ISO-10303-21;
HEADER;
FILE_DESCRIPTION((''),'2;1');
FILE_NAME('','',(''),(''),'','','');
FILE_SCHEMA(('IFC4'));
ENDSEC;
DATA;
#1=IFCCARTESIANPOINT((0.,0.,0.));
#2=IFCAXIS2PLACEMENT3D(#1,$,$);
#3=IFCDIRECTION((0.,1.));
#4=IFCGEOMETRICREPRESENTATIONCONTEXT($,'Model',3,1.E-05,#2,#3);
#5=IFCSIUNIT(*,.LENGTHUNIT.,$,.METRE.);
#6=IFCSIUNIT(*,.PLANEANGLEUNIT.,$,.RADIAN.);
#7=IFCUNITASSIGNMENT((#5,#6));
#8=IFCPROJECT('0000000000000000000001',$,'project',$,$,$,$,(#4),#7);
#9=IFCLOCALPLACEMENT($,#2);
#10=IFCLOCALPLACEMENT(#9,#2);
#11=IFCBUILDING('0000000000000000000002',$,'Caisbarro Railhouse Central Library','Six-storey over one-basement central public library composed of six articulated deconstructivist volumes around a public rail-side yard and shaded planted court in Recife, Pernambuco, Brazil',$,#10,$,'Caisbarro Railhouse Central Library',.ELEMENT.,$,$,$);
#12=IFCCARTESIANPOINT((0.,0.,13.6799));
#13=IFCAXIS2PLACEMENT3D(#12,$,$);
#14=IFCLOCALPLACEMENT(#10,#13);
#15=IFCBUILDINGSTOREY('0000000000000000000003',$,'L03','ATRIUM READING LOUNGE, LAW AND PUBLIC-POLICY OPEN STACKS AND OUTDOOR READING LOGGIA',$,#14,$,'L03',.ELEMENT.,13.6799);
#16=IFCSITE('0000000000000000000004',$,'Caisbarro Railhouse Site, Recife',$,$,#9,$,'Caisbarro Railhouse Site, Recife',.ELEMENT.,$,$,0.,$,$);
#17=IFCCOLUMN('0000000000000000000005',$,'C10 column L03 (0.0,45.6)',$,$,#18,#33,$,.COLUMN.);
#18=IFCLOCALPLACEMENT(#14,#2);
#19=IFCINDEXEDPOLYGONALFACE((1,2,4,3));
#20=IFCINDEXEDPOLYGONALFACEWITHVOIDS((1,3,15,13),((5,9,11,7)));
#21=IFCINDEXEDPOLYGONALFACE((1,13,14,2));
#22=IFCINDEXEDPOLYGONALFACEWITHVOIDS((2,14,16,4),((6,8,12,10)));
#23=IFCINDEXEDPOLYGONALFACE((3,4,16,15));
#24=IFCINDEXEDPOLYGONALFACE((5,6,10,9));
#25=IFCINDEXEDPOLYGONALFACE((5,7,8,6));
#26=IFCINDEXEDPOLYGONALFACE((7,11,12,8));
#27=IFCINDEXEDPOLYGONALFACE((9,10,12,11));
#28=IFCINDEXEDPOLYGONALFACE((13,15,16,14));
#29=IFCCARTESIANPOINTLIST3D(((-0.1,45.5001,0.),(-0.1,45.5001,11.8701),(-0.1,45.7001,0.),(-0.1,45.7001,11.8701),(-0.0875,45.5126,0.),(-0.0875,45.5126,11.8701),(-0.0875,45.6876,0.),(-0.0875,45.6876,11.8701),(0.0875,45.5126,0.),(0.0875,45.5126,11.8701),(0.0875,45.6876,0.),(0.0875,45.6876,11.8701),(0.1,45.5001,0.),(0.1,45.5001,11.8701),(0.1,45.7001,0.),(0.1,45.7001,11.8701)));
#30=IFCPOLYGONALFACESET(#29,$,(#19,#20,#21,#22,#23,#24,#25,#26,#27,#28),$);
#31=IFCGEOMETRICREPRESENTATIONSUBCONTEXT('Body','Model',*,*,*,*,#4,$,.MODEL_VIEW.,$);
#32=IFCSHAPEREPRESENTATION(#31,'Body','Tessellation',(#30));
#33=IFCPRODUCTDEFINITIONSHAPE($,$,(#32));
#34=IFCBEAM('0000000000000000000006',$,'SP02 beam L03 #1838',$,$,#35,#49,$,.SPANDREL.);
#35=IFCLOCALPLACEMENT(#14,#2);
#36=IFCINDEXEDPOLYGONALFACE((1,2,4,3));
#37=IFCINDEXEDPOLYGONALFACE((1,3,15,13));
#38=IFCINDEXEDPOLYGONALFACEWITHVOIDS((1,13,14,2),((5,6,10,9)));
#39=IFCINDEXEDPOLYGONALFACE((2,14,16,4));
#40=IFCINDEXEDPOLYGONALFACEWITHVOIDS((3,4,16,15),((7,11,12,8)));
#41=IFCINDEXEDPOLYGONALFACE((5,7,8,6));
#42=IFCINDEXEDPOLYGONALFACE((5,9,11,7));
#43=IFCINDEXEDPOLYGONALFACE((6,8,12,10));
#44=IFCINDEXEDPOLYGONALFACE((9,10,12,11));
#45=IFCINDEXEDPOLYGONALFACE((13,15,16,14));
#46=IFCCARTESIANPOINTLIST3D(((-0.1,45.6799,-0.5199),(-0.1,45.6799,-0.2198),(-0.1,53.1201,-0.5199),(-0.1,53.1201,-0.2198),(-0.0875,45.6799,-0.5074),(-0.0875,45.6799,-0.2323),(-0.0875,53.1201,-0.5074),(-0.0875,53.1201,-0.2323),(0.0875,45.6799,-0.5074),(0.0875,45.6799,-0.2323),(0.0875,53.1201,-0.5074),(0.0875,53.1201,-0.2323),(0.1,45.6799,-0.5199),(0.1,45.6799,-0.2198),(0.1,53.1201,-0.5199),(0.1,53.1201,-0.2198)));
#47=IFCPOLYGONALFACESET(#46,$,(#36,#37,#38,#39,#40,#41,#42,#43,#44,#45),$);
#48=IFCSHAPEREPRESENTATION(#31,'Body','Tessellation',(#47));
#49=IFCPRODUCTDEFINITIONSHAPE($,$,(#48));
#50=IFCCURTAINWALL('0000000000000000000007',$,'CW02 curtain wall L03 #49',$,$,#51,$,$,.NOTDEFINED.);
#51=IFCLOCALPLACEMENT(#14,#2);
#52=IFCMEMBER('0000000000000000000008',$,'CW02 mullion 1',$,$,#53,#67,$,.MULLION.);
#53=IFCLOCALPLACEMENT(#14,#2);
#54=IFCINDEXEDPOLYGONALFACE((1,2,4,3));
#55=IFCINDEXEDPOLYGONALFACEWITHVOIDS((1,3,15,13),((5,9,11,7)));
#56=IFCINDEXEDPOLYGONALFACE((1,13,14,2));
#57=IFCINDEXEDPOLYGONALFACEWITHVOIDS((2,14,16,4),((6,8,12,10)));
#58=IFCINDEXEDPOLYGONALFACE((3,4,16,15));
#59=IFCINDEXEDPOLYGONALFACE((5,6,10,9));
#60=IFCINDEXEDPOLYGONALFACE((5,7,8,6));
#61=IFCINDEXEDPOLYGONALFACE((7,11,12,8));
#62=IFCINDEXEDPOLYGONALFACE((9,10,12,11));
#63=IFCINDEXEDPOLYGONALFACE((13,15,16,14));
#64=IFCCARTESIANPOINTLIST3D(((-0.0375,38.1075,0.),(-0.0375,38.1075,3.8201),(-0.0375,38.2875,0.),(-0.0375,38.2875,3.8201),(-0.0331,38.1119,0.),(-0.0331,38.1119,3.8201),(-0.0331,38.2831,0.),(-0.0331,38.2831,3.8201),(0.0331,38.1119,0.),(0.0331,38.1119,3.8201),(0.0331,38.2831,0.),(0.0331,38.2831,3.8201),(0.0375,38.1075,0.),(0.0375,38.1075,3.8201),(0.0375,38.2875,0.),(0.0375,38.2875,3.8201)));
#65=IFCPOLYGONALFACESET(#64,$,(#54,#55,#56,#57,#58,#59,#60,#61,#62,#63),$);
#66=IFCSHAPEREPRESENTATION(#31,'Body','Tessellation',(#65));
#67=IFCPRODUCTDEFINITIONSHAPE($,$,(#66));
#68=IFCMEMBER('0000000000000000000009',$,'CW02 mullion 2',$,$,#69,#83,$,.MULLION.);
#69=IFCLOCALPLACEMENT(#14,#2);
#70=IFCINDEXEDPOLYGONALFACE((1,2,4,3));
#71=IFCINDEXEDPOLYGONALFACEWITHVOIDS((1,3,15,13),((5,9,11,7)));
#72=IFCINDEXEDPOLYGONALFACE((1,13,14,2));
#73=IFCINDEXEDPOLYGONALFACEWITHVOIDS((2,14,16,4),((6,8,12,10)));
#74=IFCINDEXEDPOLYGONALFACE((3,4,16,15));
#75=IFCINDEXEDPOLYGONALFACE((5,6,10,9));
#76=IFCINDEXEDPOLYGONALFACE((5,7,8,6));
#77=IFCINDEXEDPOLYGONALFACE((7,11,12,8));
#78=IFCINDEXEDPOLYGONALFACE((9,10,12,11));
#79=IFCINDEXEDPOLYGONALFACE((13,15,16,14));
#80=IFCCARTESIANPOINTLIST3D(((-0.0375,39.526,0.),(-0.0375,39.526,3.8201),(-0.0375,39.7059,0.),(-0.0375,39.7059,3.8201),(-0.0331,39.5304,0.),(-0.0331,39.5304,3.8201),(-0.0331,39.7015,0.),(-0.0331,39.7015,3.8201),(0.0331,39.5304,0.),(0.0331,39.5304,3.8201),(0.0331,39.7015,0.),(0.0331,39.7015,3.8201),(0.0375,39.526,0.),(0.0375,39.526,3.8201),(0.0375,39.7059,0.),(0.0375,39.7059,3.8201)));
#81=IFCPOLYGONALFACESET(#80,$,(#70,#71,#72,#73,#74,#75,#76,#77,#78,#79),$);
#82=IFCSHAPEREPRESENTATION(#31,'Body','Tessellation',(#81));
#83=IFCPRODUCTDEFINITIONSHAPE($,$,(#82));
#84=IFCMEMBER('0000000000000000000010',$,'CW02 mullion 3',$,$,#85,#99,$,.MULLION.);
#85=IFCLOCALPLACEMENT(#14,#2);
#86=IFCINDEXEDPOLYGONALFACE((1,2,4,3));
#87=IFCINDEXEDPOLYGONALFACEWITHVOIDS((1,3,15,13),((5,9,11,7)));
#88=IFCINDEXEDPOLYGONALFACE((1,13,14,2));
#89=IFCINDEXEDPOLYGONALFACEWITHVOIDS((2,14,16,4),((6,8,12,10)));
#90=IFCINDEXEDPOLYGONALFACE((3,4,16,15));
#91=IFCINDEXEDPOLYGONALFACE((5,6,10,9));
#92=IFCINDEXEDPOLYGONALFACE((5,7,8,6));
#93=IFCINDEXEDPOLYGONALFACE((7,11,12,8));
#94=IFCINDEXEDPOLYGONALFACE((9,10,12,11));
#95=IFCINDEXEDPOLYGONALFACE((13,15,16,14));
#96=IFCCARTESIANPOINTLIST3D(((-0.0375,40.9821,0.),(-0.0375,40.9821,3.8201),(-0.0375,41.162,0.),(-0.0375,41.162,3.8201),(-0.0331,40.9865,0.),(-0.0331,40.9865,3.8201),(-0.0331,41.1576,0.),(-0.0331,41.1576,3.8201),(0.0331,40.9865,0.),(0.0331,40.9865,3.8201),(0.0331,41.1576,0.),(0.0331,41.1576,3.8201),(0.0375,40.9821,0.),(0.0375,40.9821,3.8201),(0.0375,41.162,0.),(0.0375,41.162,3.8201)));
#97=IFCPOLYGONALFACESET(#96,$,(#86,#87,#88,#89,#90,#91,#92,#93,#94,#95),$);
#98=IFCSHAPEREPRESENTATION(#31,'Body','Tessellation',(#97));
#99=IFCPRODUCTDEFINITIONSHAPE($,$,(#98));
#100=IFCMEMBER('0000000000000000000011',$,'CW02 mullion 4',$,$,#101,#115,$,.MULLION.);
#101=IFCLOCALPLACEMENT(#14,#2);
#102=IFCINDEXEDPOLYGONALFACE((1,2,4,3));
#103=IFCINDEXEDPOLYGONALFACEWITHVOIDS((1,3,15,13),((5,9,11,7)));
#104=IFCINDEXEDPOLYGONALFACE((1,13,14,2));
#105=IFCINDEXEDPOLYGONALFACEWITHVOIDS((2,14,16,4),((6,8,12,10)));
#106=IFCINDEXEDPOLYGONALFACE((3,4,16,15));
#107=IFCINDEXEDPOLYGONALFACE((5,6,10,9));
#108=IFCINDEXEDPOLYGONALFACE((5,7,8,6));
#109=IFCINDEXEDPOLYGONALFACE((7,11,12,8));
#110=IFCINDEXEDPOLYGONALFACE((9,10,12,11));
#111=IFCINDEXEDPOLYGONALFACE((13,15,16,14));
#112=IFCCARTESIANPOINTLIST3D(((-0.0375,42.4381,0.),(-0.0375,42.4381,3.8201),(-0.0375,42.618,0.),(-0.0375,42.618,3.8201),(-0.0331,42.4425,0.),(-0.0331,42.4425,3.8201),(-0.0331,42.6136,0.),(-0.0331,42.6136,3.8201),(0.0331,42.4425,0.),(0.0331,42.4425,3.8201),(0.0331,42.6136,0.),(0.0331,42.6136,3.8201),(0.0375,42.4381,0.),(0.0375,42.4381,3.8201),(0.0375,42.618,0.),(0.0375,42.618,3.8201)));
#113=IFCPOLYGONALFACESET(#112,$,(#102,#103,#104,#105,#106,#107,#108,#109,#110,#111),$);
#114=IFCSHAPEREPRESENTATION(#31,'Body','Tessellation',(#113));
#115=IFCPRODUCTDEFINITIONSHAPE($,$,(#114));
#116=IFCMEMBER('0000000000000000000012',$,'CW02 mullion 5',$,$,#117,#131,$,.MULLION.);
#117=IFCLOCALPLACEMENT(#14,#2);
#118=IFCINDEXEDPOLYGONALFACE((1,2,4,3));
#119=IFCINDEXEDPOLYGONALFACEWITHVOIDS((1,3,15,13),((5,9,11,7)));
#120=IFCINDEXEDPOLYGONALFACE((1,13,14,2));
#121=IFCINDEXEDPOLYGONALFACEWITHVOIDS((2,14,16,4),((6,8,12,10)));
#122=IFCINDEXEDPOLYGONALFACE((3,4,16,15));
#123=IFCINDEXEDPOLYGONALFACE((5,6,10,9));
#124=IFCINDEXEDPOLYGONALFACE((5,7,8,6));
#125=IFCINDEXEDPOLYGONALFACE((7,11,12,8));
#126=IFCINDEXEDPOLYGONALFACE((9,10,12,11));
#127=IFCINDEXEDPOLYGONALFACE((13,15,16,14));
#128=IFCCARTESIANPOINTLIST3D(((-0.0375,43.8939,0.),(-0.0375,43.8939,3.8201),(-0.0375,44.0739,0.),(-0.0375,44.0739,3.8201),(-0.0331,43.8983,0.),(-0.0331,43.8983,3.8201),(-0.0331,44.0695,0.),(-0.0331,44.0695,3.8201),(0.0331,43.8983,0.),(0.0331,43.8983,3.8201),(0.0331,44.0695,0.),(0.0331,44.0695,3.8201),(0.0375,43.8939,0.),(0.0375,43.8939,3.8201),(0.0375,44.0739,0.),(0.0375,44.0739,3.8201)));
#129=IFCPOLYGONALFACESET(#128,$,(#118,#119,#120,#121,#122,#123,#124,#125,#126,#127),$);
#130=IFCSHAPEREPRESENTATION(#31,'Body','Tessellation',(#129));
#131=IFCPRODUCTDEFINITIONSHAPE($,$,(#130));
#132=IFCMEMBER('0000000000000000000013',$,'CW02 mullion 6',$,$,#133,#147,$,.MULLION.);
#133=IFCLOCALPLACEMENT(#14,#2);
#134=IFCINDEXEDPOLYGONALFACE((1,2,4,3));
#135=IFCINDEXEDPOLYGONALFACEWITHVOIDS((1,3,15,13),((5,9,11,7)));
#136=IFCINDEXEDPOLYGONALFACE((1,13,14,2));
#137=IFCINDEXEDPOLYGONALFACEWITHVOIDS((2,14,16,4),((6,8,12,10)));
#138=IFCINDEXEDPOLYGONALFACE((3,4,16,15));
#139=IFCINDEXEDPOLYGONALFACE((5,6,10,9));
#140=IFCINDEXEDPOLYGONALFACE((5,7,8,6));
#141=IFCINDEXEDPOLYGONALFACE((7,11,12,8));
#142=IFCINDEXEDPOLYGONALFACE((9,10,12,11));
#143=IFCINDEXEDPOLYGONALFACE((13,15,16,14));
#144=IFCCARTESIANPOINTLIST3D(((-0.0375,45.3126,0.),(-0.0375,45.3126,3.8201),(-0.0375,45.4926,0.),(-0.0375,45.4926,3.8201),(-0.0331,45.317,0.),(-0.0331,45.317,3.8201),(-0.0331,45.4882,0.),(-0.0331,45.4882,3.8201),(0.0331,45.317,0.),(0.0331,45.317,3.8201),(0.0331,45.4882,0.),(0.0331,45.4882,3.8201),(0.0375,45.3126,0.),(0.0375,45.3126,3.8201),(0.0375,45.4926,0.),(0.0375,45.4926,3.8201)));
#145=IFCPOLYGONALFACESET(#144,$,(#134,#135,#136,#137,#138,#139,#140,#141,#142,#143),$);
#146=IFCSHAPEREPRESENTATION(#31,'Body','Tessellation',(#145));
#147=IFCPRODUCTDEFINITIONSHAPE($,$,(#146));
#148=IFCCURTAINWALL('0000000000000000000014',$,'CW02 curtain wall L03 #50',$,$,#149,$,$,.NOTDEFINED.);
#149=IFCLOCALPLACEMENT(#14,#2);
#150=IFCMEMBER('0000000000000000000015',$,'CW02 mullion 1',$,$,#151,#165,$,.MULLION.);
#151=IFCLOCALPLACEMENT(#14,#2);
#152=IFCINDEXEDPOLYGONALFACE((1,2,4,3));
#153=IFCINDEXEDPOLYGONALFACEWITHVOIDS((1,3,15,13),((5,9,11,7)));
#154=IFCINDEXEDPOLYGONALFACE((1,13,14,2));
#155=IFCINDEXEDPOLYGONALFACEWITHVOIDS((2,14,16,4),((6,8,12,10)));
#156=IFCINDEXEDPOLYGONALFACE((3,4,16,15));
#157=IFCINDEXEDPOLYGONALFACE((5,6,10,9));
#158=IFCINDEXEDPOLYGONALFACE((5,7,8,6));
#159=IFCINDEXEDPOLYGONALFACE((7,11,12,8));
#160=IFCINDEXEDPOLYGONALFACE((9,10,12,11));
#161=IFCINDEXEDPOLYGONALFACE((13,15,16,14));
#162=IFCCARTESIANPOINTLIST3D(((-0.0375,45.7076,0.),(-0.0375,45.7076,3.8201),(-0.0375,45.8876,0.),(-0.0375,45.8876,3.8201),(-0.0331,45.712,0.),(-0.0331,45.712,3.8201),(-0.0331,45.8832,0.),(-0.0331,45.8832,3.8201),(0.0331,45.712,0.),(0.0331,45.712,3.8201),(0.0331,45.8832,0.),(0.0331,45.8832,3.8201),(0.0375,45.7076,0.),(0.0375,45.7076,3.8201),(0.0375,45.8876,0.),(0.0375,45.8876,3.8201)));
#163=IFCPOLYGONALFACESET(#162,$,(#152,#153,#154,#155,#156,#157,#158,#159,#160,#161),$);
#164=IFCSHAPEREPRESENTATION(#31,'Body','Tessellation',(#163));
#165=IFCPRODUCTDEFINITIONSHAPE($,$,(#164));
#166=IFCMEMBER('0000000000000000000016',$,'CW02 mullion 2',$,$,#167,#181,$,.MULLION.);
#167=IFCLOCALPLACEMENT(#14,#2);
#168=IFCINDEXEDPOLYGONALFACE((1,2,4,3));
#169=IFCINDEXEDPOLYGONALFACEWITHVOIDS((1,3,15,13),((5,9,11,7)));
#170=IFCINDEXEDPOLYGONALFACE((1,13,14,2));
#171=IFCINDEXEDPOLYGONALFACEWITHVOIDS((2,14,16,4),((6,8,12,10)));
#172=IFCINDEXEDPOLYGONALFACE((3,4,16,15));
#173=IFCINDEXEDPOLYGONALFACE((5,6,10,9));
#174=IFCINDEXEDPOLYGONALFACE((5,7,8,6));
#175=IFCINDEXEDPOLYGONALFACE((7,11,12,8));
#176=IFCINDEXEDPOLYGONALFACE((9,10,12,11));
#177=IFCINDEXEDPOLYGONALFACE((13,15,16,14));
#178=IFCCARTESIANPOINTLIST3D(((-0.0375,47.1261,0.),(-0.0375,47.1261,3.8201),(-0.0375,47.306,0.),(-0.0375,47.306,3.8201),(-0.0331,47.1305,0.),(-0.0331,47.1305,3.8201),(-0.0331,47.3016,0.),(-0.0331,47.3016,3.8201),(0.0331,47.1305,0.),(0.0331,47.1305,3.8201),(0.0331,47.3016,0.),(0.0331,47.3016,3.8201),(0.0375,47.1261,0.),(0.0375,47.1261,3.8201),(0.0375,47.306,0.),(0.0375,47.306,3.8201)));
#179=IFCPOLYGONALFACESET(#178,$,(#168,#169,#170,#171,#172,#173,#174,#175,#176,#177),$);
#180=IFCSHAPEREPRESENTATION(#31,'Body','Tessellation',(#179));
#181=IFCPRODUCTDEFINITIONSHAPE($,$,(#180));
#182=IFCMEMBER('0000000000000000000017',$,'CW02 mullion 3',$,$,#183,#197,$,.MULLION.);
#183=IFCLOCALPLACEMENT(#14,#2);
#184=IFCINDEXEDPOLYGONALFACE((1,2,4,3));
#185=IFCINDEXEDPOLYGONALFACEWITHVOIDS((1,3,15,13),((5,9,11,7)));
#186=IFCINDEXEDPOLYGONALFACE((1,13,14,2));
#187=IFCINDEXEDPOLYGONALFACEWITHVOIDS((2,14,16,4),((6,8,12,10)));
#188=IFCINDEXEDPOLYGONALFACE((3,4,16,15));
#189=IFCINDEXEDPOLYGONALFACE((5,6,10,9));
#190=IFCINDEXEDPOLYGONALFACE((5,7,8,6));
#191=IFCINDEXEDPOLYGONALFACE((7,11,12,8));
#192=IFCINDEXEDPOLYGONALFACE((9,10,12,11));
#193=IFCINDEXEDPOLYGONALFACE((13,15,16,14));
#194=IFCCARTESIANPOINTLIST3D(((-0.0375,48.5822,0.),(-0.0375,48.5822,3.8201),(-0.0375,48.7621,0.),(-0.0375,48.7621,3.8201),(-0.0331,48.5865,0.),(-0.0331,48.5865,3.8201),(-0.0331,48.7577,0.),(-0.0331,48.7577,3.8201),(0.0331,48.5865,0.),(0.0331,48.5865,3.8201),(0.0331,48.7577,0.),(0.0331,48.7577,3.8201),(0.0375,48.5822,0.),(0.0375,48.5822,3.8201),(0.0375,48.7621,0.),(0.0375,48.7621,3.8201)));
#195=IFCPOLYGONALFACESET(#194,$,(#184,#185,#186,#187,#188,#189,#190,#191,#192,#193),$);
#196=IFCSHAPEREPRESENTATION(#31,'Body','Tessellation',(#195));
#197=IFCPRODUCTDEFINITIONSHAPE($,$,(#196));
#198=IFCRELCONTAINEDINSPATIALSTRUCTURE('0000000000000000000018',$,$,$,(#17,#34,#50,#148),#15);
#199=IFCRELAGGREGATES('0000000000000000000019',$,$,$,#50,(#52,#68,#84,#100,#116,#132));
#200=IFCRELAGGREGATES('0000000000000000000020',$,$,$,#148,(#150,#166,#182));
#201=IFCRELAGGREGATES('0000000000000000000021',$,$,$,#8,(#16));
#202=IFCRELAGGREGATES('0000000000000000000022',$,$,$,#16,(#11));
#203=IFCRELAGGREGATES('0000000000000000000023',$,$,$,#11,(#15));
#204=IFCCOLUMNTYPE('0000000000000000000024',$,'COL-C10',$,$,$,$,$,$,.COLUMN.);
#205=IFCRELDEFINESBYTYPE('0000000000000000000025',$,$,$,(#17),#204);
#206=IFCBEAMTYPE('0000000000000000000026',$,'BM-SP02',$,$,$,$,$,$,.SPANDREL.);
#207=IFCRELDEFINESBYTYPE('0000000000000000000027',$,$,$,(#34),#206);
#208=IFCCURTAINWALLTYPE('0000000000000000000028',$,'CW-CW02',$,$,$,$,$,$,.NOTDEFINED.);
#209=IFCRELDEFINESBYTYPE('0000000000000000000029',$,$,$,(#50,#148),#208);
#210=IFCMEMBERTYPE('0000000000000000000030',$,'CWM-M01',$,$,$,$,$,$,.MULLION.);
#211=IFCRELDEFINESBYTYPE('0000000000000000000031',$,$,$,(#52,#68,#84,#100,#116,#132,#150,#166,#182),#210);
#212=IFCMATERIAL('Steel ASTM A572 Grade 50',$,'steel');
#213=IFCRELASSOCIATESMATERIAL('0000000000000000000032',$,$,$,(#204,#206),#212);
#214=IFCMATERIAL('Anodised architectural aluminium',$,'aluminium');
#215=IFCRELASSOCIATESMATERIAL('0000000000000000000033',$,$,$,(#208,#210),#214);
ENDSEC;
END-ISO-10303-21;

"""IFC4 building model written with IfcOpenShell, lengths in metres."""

from ifc_helpers import new_model, si_unit, direction, frame, origin, origin_2d, place, context, subcontext, project, spatial, hollow_rectangle, extrude, material, material_profile, profile_set, type_object, element, aggregate, save


model = new_model("IFC4")

# Units and contexts
model_context = context("Model", 3, precision=1e-05, world=origin(), true_north=direction((0.0, 1.0)))
body_context = subcontext(model_context, "Body", "Model", "MODEL_VIEW")
ifc_project = project(units=[si_unit("LENGTHUNIT", "METRE"), si_unit("PLANEANGLEUNIT", "RADIAN")], contexts=[model_context])

# Site, building, storey
site_placement = place(None, origin())
site = spatial("IfcSite", under=ifc_project, at=site_placement, Name="Caisbarro Railhouse Site, Recife", LongName="Caisbarro Railhouse Site, Recife", CompositionType="ELEMENT", RefElevation=0.0)
building_placement = place(site_placement, origin())
building = spatial("IfcBuilding", under=site, at=building_placement, Name="Caisbarro Railhouse Central Library", Description="Six-storey over one-basement central public library composed of six articulated deconstructivist volumes around a public rail-side yard and shaded planted court in Recife, Pernambuco, Brazil", LongName="Caisbarro Railhouse Central Library", CompositionType="ELEMENT")
storey_placement = place(building_placement, frame((0.0, 0.0, 13.6799)))
storey = spatial("IfcBuildingStorey", under=building, at=storey_placement, Name="L03", Description="ATRIUM READING LOUNGE, LAW AND PUBLIC-POLICY OPEN STACKS AND OUTDOOR READING LOGGIA", LongName="L03", CompositionType="ELEMENT", Elevation=13.6799)

# Column
ifc_material_1 = material(Name="Steel ASTM A572 Grade 50", Category="steel")
ifc_material_profile_1 = material_profile(ifc_material_1, hollow_rectangle(XDim=0.2, YDim=0.2, WallThickness=0.0125, at=origin_2d()), Name="HSS200X200X12.5")
ifc_profile_set_1 = profile_set([ifc_material_profile_1], Name="Steel ASTM A572 Grade 50")
column_type = type_object("IfcColumnType", Name="COL-C10", PredefinedType="COLUMN", material=ifc_profile_set_1)
column_placement = place(storey_placement, frame((0.0, 45.6001, 0.0), z_axis=(0.0, 0.0, 1.0), x_axis=(1.0, 0.0, 0.0)))
element("IfcColumn", 1, at=column_placement, inside=storey, type_object=column_type, Name="C10 column L03 (0.0,45.6)", PredefinedType="COLUMN", context=body_context, shape_type="SweptSolid", body=[
    extrude(hollow_rectangle(XDim=0.2, YDim=0.2, WallThickness=0.0125, at=origin_2d()), origin(), (0.0, 0.0, 1.0), 11.8701),
])

# Beam
ifc_material_profile_2 = material_profile(ifc_material_1, hollow_rectangle(XDim=0.2, YDim=0.3, WallThickness=0.0125, at=origin_2d()), Name="HSS300X200X12.5")
ifc_profile_set_2 = profile_set([ifc_material_profile_2], Name="Steel ASTM A572 Grade 50")
beam_type = type_object("IfcBeamType", Name="BM-SP02", PredefinedType="SPANDREL", material=ifc_profile_set_2)
beam_placement = place(storey_placement, frame((0.0, 45.6799, -0.3699), z_axis=(0.0, 1.0, 0.0), x_axis=(-1.0, 0.0, 0.0)))
element("IfcBeam", 2, at=beam_placement, inside=storey, type_object=beam_type, Name="SP02 beam L03 #1838", PredefinedType="SPANDREL", context=body_context, shape_type="SweptSolid", body=[
    extrude(hollow_rectangle(XDim=0.2, YDim=0.3, WallThickness=0.0125, at=origin_2d()), origin(), (0.0, 0.0, 1.0), 7.4402),
])

# Curtain walls, members
ifc_material_2 = material(Name="Anodised architectural aluminium", Category="aluminium")
curtain_wall_type = type_object("IfcCurtainWallType", Name="CW-CW02", PredefinedType="NOTDEFINED", material=ifc_material_2)
curtain_wall_1_placement = place(storey_placement, origin())
curtain_wall_1 = element("IfcCurtainWall", 3, at=curtain_wall_1_placement, inside=storey, type_object=curtain_wall_type, Name="CW02 curtain wall L03 #49", PredefinedType="NOTDEFINED")
ifc_material_profile_3 = material_profile(ifc_material_2, hollow_rectangle(XDim=0.075, YDim=0.1799, WallThickness=0.0044, at=origin_2d()), Name="ALU-MUL-75X180")
ifc_profile_set_3 = profile_set([ifc_material_profile_3], Name="Anodised architectural aluminium")
member_type_1 = type_object("IfcMemberType", Name="CWM-M01", PredefinedType="MULLION", material=ifc_profile_set_3)
member_1_placement = place(storey_placement, frame((0.0, 38.1975, 0.0), z_axis=(0.0, 0.0, 1.0), x_axis=(-1.0, 0.0, 0.0)))
member_1 = element("IfcMember", 4, at=member_1_placement, type_object=member_type_1, Name="CW02 mullion 1", PredefinedType="MULLION", context=body_context, shape_type="SweptSolid", body=[
    extrude(hollow_rectangle(XDim=0.075, YDim=0.1799, WallThickness=0.0044, at=origin_2d()), origin(), (0.0, 0.0, 1.0), 3.8201),
])
member_2_placement = place(storey_placement, frame((0.0, 39.616, 0.0), z_axis=(0.0, 0.0, 1.0), x_axis=(-1.0, 0.0, 0.0)))
member_2 = element("IfcMember", 5, at=member_2_placement, type_object=member_type_1, Name="CW02 mullion 2", PredefinedType="MULLION", context=body_context, shape_type="SweptSolid", body=[
    extrude(hollow_rectangle(XDim=0.075, YDim=0.1799, WallThickness=0.0044, at=origin_2d()), origin(), (0.0, 0.0, 1.0), 3.8201),
])
member_3_placement = place(storey_placement, frame((0.0, 41.072, 0.0), z_axis=(0.0, 0.0, 1.0), x_axis=(-1.0, 0.0, 0.0)))
member_3 = element("IfcMember", 6, at=member_3_placement, type_object=member_type_1, Name="CW02 mullion 3", PredefinedType="MULLION", context=body_context, shape_type="SweptSolid", body=[
    extrude(hollow_rectangle(XDim=0.075, YDim=0.1799, WallThickness=0.0044, at=origin_2d()), origin(), (0.0, 0.0, 1.0), 3.8201),
])
member_4_placement = place(storey_placement, frame((0.0, 42.5281, 0.0), z_axis=(0.0, 0.0, 1.0), x_axis=(-1.0, 0.0, 0.0)))
member_4 = element("IfcMember", 7, at=member_4_placement, type_object=member_type_1, Name="CW02 mullion 4", PredefinedType="MULLION", context=body_context, shape_type="SweptSolid", body=[
    extrude(hollow_rectangle(XDim=0.075, YDim=0.1799, WallThickness=0.0044, at=origin_2d()), origin(), (0.0, 0.0, 1.0), 3.8201),
])
member_5_placement = place(storey_placement, frame((0.0, 43.9839, 0.0), z_axis=(0.0, 0.0, 1.0), x_axis=(-1.0, 0.0, 0.0)))
member_5 = element("IfcMember", 8, at=member_5_placement, type_object=member_type_1, Name="CW02 mullion 5", PredefinedType="MULLION", context=body_context, shape_type="SweptSolid", body=[
    extrude(hollow_rectangle(XDim=0.075, YDim=0.1799, WallThickness=0.0044, at=origin_2d()), origin(), (0.0, 0.0, 1.0), 3.8201),
])
member_6_placement = place(storey_placement, frame((0.0, 45.4026, 0.0), z_axis=(0.0, 0.0, 1.0), x_axis=(-1.0, 0.0, 0.0)))
member_6 = element("IfcMember", 9, at=member_6_placement, type_object=member_type_1, Name="CW02 mullion 6", PredefinedType="MULLION", context=body_context, shape_type="SweptSolid", body=[
    extrude(hollow_rectangle(XDim=0.075, YDim=0.1799, WallThickness=0.0044, at=origin_2d()), origin(), (0.0, 0.0, 1.0), 3.8201),
])
curtain_wall_2_placement = place(storey_placement, origin())
curtain_wall_2 = element("IfcCurtainWall", 10, at=curtain_wall_2_placement, inside=storey, type_object=curtain_wall_type, Name="CW02 curtain wall L03 #50", PredefinedType="NOTDEFINED")
member_7_placement = place(storey_placement, frame((0.0, 45.7976, 0.0), z_axis=(0.0, 0.0, 1.0), x_axis=(-1.0, 0.0, 0.0)))
member_7 = element("IfcMember", 11, at=member_7_placement, type_object=member_type_1, Name="CW02 mullion 1", PredefinedType="MULLION", context=body_context, shape_type="SweptSolid", body=[
    extrude(hollow_rectangle(XDim=0.075, YDim=0.1799, WallThickness=0.0044, at=origin_2d()), origin(), (0.0, 0.0, 1.0), 3.8201),
])
member_8_placement = place(storey_placement, frame((0.0, 47.2161, 0.0), z_axis=(0.0, 0.0, 1.0), x_axis=(-1.0, 0.0, 0.0)))
member_8 = element("IfcMember", 12, at=member_8_placement, type_object=member_type_1, Name="CW02 mullion 2", PredefinedType="MULLION", context=body_context, shape_type="SweptSolid", body=[
    extrude(hollow_rectangle(XDim=0.075, YDim=0.1799, WallThickness=0.0044, at=origin_2d()), origin(), (0.0, 0.0, 1.0), 3.8201),
])
member_9_placement = place(storey_placement, frame((0.0, 48.6721, 0.0), z_axis=(0.0, 0.0, 1.0), x_axis=(-1.0, 0.0, 0.0)))
member_9 = element("IfcMember", 13, at=member_9_placement, type_object=member_type_1, Name="CW02 mullion 3", PredefinedType="MULLION", context=body_context, shape_type="SweptSolid", body=[
    extrude(hollow_rectangle(XDim=0.075, YDim=0.1799, WallThickness=0.0044, at=origin_2d()), origin(), (0.0, 0.0, 1.0), 3.8201),
])

aggregate(curtain_wall_1, [member_1, member_2, member_3, member_4, member_5, member_6])
aggregate(curtain_wall_2, [member_7, member_8, member_9])

save(model, "model.ifc")
